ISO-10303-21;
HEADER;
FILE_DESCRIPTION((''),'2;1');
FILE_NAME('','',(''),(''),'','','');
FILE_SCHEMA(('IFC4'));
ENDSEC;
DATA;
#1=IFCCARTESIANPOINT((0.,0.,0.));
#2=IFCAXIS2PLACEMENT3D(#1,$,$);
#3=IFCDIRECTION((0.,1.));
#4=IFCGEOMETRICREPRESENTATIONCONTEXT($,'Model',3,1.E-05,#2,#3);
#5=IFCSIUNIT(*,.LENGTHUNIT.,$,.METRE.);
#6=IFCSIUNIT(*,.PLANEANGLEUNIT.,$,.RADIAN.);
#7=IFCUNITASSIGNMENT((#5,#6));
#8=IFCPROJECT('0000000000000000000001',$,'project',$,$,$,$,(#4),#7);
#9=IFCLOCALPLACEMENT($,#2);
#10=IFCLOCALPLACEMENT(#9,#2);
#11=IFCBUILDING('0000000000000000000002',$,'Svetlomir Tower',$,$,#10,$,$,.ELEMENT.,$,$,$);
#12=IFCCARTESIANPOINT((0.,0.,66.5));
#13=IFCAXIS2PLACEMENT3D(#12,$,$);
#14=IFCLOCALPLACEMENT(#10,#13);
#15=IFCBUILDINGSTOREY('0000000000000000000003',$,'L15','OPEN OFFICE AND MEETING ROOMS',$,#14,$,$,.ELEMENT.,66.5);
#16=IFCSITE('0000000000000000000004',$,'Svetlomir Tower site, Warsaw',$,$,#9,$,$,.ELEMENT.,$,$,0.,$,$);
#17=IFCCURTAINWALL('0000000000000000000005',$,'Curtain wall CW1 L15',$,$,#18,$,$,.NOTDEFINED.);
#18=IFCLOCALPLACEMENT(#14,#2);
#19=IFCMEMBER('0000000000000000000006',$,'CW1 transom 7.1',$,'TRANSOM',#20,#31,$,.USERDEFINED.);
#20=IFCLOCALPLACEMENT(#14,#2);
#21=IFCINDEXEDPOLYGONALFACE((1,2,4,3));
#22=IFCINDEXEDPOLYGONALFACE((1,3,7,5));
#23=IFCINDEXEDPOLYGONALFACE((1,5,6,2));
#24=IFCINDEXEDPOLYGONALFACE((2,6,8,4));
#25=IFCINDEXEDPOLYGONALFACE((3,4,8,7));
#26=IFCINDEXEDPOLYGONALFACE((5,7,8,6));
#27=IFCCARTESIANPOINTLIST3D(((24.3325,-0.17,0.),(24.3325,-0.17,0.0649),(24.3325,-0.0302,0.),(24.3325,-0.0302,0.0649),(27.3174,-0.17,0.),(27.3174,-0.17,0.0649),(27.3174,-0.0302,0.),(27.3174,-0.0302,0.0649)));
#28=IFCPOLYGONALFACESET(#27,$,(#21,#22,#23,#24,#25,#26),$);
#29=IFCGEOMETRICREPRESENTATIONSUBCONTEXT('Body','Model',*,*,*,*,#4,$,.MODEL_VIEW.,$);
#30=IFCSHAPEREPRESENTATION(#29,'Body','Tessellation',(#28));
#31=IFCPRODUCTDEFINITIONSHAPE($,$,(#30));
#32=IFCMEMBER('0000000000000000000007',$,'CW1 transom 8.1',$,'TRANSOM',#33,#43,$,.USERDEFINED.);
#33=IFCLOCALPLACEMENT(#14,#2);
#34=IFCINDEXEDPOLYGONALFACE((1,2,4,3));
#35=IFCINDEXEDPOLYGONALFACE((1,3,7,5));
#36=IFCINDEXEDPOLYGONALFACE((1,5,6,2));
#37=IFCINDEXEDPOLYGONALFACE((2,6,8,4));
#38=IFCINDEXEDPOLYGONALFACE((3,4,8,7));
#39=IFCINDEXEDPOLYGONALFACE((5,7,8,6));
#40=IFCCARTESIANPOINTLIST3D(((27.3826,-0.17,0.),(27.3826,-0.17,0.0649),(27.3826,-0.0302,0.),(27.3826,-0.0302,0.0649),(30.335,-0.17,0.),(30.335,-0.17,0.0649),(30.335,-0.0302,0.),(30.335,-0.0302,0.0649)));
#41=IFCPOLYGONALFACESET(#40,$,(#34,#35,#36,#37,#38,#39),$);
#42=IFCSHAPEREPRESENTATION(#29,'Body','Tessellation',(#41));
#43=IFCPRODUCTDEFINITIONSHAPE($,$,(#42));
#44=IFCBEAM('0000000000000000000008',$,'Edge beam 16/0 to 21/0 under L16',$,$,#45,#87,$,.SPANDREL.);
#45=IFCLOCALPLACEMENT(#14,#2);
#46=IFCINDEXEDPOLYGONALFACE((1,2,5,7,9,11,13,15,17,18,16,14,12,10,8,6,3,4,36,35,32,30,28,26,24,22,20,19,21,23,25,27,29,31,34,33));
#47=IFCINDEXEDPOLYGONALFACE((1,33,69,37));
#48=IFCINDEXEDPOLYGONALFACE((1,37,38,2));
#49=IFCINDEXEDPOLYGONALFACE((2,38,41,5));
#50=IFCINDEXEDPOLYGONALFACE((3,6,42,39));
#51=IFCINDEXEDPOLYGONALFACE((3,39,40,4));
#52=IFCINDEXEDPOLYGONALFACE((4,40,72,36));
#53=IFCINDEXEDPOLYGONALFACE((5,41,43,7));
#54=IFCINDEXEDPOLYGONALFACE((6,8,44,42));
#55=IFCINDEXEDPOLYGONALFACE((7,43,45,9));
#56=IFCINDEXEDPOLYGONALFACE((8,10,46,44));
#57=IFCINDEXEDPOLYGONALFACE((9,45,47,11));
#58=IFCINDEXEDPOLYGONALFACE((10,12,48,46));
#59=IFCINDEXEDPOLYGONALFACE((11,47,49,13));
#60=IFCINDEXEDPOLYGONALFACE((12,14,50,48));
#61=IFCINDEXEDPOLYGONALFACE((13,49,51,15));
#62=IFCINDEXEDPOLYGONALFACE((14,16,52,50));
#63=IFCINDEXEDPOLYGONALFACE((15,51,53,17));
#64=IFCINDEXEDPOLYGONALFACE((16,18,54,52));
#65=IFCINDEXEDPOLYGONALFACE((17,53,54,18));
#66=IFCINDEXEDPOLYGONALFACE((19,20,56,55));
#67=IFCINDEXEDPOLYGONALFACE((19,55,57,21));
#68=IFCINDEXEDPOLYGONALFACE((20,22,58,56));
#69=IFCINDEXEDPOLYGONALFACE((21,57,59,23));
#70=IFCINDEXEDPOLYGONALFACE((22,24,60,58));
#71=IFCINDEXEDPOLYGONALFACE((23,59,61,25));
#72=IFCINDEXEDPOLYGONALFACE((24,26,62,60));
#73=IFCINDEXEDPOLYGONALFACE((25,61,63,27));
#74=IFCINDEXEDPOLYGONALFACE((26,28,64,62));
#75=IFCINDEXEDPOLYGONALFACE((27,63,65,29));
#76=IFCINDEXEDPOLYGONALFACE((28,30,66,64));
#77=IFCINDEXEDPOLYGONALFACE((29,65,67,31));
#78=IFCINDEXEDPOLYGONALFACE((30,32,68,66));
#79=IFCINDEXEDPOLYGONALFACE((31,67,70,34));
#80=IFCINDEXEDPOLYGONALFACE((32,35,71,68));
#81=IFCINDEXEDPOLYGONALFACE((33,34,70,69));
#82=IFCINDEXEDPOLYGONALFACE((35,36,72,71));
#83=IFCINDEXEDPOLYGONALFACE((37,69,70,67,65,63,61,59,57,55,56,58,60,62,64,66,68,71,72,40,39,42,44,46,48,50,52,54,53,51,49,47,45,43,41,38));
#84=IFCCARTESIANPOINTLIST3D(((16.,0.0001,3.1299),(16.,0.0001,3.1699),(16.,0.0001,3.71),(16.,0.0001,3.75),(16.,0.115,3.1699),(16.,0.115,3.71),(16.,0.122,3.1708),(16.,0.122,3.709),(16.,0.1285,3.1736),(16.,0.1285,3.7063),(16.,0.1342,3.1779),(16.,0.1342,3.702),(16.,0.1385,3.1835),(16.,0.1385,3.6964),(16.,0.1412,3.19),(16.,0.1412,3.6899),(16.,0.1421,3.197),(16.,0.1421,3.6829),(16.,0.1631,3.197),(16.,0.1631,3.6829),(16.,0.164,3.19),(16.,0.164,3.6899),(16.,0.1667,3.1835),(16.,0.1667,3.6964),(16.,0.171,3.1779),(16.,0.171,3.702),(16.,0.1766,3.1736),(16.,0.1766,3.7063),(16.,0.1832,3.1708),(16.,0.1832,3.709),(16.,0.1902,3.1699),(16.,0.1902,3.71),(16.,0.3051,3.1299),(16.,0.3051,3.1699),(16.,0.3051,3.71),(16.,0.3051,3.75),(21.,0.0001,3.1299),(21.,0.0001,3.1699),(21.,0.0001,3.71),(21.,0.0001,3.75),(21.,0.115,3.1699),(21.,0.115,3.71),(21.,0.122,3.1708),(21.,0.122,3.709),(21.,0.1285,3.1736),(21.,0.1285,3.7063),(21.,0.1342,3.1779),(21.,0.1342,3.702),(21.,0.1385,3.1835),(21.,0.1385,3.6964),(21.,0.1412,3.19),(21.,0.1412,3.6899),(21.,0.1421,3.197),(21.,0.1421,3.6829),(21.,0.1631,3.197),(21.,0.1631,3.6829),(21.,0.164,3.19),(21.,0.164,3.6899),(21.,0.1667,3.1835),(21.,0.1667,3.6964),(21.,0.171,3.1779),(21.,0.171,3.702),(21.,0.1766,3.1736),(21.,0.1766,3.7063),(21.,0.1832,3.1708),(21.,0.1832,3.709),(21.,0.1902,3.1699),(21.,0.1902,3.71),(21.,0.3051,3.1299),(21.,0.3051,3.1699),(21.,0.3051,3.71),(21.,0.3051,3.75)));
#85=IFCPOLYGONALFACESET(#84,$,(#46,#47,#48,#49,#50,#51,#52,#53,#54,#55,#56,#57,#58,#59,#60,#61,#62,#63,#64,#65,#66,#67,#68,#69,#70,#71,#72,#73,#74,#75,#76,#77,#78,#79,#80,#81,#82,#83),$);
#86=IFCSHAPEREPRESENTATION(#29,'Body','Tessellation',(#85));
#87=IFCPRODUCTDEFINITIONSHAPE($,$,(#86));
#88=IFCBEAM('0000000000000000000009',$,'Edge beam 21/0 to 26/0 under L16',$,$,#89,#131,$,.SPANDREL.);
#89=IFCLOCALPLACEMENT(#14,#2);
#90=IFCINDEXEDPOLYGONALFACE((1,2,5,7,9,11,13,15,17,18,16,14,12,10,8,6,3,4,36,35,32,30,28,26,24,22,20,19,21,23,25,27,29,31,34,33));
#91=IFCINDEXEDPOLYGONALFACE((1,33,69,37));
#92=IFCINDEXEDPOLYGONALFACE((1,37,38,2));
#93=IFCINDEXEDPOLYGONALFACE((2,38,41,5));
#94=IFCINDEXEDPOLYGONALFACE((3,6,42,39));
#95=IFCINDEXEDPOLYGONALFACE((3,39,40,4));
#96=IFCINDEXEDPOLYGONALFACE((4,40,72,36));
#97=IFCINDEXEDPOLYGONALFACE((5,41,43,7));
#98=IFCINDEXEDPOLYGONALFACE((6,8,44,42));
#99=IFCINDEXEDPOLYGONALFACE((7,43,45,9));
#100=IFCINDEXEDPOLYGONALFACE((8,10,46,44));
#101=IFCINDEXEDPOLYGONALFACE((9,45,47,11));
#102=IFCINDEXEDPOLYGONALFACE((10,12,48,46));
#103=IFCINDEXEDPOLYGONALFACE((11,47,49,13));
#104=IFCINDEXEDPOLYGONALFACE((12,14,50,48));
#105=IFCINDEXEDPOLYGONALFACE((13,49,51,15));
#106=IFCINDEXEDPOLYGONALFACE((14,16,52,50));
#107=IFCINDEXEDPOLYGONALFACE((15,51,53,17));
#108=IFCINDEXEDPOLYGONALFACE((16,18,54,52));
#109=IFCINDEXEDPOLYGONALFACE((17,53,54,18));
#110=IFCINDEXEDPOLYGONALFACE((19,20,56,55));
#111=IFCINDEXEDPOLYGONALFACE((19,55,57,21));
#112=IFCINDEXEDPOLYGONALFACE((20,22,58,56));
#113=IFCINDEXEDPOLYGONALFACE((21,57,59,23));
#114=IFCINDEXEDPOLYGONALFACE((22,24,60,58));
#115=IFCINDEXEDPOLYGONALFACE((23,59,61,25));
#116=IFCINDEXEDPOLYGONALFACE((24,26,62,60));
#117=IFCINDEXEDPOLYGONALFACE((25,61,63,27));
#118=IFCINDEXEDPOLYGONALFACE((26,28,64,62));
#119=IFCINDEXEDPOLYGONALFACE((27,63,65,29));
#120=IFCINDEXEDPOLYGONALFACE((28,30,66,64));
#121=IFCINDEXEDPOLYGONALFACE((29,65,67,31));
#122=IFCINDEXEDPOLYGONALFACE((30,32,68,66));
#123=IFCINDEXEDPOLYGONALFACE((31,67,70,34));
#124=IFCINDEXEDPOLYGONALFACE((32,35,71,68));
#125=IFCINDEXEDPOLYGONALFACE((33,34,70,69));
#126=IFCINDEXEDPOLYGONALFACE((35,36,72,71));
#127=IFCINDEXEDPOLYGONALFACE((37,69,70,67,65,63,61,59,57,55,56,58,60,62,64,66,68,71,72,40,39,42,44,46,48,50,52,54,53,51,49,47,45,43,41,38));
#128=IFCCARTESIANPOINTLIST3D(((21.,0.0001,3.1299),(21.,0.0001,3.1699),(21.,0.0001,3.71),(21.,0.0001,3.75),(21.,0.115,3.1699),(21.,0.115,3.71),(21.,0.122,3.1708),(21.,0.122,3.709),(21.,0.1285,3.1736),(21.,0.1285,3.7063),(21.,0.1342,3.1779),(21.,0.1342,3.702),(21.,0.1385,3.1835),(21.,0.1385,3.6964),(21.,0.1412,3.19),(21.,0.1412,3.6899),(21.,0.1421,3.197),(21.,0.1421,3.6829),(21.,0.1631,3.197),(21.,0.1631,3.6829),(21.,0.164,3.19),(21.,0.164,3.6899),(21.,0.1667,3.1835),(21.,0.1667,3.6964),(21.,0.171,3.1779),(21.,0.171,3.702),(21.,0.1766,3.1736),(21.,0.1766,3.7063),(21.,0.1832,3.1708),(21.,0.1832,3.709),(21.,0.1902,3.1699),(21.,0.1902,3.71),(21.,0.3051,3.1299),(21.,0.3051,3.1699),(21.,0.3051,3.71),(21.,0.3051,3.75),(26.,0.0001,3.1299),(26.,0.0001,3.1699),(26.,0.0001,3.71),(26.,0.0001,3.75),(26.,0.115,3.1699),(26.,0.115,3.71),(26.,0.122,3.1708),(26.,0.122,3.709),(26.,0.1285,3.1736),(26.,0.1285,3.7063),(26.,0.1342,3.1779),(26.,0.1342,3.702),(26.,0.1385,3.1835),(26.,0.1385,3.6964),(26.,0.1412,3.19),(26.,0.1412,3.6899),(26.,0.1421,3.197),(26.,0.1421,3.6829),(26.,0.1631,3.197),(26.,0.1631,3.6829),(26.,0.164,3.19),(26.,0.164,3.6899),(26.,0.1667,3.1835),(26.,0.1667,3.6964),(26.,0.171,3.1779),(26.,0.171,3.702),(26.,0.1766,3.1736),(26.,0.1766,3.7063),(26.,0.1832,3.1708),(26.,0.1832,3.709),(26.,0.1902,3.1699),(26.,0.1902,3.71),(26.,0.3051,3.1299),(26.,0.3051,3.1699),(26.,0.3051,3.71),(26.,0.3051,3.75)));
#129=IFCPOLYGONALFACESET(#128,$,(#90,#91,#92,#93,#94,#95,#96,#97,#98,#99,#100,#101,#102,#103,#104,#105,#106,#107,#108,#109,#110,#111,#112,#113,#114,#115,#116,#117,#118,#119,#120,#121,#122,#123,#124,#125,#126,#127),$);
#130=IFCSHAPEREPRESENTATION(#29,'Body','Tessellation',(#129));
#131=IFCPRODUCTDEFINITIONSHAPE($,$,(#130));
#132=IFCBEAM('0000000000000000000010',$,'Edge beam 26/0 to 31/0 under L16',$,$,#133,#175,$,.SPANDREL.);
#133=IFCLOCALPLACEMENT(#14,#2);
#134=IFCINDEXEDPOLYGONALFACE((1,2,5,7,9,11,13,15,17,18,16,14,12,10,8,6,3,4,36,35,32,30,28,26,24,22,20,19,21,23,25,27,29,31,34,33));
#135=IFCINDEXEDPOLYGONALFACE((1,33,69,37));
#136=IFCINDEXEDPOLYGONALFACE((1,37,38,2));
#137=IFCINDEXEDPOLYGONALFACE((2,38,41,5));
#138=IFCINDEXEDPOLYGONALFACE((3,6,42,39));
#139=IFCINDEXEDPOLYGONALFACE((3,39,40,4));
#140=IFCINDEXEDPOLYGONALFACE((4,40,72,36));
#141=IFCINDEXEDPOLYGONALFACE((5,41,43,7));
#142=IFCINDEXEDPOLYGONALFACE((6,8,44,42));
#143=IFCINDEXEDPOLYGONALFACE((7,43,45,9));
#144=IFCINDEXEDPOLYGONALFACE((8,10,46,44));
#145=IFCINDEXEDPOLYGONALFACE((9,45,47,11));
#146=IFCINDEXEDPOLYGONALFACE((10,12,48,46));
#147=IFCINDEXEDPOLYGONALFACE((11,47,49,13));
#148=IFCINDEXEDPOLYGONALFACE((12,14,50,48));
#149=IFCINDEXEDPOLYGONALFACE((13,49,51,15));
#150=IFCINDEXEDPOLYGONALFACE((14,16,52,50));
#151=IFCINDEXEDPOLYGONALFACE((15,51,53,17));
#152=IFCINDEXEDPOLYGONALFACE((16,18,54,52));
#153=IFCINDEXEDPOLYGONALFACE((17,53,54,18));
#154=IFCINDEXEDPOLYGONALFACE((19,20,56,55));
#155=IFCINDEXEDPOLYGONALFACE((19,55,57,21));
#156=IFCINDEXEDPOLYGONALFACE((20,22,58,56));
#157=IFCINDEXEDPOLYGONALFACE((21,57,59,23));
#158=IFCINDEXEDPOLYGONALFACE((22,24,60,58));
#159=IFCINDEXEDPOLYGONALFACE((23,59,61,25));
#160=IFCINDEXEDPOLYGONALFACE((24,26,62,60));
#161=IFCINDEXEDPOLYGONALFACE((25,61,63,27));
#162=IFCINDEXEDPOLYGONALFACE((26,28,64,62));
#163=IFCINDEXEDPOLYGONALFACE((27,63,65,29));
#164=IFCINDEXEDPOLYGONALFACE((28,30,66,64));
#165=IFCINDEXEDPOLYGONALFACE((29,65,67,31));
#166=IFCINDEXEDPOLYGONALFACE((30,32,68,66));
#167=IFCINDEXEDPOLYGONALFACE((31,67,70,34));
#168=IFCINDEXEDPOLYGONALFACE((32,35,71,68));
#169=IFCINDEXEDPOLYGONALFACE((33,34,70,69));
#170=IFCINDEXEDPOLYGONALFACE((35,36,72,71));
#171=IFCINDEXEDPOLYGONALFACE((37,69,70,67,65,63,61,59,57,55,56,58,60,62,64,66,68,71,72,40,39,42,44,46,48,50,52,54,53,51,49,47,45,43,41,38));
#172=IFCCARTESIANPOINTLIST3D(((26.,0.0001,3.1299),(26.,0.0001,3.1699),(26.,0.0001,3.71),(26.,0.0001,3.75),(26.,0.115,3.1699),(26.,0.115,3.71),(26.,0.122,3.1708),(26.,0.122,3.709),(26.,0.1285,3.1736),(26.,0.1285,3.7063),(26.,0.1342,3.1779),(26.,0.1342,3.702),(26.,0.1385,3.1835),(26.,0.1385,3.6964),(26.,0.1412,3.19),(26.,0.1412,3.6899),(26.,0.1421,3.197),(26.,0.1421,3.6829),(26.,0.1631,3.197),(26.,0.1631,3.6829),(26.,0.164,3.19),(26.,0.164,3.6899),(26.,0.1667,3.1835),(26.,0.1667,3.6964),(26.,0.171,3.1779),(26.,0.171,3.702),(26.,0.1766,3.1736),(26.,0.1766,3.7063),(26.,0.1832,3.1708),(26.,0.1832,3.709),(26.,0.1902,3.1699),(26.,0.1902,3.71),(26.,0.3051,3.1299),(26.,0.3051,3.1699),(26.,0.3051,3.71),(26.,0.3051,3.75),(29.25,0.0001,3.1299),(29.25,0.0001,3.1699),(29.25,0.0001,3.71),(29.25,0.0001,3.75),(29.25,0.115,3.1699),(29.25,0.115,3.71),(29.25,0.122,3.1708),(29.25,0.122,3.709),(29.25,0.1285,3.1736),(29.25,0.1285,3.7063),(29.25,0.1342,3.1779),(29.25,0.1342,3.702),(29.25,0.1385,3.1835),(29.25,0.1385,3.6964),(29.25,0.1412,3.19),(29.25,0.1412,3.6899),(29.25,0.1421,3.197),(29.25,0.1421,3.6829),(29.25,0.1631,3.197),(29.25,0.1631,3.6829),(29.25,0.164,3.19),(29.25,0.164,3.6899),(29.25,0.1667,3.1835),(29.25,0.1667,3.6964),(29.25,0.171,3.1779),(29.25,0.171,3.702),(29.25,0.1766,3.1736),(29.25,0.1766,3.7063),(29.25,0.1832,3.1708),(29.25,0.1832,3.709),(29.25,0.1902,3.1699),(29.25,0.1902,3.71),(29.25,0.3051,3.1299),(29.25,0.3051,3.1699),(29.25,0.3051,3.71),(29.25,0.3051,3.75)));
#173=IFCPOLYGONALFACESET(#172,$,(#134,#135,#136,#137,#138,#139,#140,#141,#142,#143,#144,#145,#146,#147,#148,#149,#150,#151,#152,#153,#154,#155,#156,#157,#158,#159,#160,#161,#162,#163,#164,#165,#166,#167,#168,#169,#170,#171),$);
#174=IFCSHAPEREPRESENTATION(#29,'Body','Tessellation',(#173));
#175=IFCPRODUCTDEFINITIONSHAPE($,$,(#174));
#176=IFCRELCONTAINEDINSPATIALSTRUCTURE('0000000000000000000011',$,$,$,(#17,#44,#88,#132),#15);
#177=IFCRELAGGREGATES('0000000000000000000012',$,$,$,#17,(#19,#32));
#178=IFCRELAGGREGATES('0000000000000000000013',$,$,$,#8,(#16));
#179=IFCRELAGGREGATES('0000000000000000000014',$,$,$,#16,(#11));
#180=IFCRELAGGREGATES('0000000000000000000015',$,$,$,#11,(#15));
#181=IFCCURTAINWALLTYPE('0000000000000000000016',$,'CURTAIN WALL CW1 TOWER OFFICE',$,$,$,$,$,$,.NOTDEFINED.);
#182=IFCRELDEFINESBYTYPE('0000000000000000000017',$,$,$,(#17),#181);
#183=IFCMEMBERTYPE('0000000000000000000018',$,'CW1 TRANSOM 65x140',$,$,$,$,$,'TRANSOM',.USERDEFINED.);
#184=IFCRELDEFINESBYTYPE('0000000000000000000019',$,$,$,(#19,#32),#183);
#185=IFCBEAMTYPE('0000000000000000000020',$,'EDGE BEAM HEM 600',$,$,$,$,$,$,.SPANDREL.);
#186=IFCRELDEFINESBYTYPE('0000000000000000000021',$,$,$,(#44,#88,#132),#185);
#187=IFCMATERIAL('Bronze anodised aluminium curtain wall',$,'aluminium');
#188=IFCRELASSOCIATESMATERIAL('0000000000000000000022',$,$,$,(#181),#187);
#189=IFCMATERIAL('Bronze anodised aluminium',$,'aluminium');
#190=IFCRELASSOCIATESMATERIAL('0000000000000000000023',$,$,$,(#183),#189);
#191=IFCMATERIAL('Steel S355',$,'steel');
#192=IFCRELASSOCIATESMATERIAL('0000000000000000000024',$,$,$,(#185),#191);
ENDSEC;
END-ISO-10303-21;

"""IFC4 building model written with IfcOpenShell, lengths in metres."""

from ifc_helpers import new_model, si_unit, direction, frame, origin, origin_2d, place, context, subcontext, project, spatial, rectangle, i_section, extrude, material, material_profile, profile_set, type_object, element, aggregate, save


model = new_model("IFC4")

# Units and contexts
model_context = context("Model", 3, precision=1e-05, world=origin(), true_north=direction((0.0, 1.0)))
body_context = subcontext(model_context, "Body", "Model", "MODEL_VIEW")
ifc_project = project(units=[si_unit("LENGTHUNIT", "METRE"), si_unit("PLANEANGLEUNIT", "RADIAN")], contexts=[model_context])

# Site, building, storey
site_placement = place(None, origin())
site = spatial("IfcSite", under=ifc_project, at=site_placement, Name="Svetlomir Tower site, Warsaw", CompositionType="ELEMENT", RefElevation=0.0)
building_placement = place(site_placement, origin())
building = spatial("IfcBuilding", under=site, at=building_placement, Name="Svetlomir Tower", CompositionType="ELEMENT")
storey_placement = place(building_placement, frame((0.0, 0.0, 66.5)))
storey = spatial("IfcBuildingStorey", under=building, at=storey_placement, Name="L15", Description="OPEN OFFICE AND MEETING ROOMS", CompositionType="ELEMENT", Elevation=66.5)

# Curtain wall, members
ifc_material_1 = material(Name="Bronze anodised aluminium curtain wall", Category="aluminium")
curtain_wall_type = type_object("IfcCurtainWallType", Name="CURTAIN WALL CW1 TOWER OFFICE", PredefinedType="NOTDEFINED", material=ifc_material_1)
curtain_wall_placement = place(storey_placement, origin())
curtain_wall = element("IfcCurtainWall", 1, at=curtain_wall_placement, inside=storey, type_object=curtain_wall_type, Name="Curtain wall CW1 L15", PredefinedType="NOTDEFINED")
ifc_material_2 = material(Name="Bronze anodised aluminium", Category="aluminium")
ifc_material_profile_1 = material_profile(ifc_material_2, rectangle(XDim=0.1399, YDim=0.0649, at=origin_2d()), Name="AL 140x65")
ifc_profile_set_1 = profile_set([ifc_material_profile_1], Name="Bronze anodised aluminium 6063-T6")
member_type_1 = type_object("IfcMemberType", Name="CW1 TRANSOM 65x140", ElementType="TRANSOM", PredefinedType="USERDEFINED", material=ifc_profile_set_1)
member_1_placement = place(storey_placement, frame((24.3325, -0.1001, 0.0325), z_axis=(1.0, 0.0, 0.0), x_axis=(0.0, 1.0, 0.0)))
member_1 = element("IfcMember", 2, at=member_1_placement, type_object=member_type_1, Name="CW1 transom 7.1", ObjectType="TRANSOM", PredefinedType="USERDEFINED", context=body_context, shape_type="SweptSolid", body=[
    extrude(rectangle(XDim=0.1399, YDim=0.0649, at=origin_2d()), origin(), (0.0, 0.0, 1.0), 2.9849),
])
member_2_placement = place(storey_placement, frame((27.3826, -0.1001, 0.0325), z_axis=(1.0, 0.0, 0.0), x_axis=(0.0, 1.0, 0.0)))
member_2 = element("IfcMember", 3, at=member_2_placement, type_object=member_type_1, Name="CW1 transom 8.1", ObjectType="TRANSOM", PredefinedType="USERDEFINED", context=body_context, shape_type="SweptSolid", body=[
    extrude(rectangle(XDim=0.1399, YDim=0.0649, at=origin_2d()), origin(), (0.0, 0.0, 1.0), 2.9524),
])

# Beams
ifc_material_3 = material(Name="Steel S355", Category="steel")
ifc_material_profile_2 = material_profile(ifc_material_3, i_section(OverallWidth=0.3049, OverallDepth=0.6201, WebThickness=0.021, FlangeThickness=0.04, FilletRadius=0.0271, at=origin_2d()), Name="HEM 600")
ifc_profile_set_2 = profile_set([ifc_material_profile_2], Name="Steel S355")
beam_type_1 = type_object("IfcBeamType", Name="EDGE BEAM HEM 600", PredefinedType="SPANDREL", material=ifc_profile_set_2)
for number, where, z_axis, x_axis, name in (
    (4, (16.0, 0.1526, 3.4399), (1.0, 0.0, 0.0), (0.0, 1.0, 0.0), "Edge beam 16/0 to 21/0 under L16"),
    (5, (21.0, 0.1526, 3.4399), (1.0, 0.0, 0.0), (0.0, 1.0, 0.0), "Edge beam 21/0 to 26/0 under L16"),
):
    element("IfcBeam", number, at=place(storey_placement, frame(where, z_axis=z_axis, x_axis=x_axis)), inside=storey, type_object=beam_type_1, Name=name, PredefinedType="SPANDREL", context=body_context, shape_type="SweptSolid", body=[
        extrude(i_section(OverallWidth=0.3049, OverallDepth=0.6201, WebThickness=0.021, FlangeThickness=0.04, FilletRadius=0.0271, at=origin_2d()), origin(), (0.0, 0.0, 1.0), 5.0),
    ])
beam_1_placement = place(storey_placement, frame((26.0, 0.1526, 3.4399), z_axis=(1.0, 0.0, 0.0), x_axis=(0.0, 1.0, 0.0)))
element("IfcBeam", 6, at=beam_1_placement, inside=storey, type_object=beam_type_1, Name="Edge beam 26/0 to 31/0 under L16", PredefinedType="SPANDREL", context=body_context, shape_type="SweptSolid", body=[
    extrude(i_section(OverallWidth=0.3049, OverallDepth=0.6201, WebThickness=0.021, FlangeThickness=0.04, FilletRadius=0.0271, at=origin_2d()), origin(), (0.0, 0.0, 1.0), 3.25),
])

aggregate(curtain_wall, [member_1, member_2])

save(model, "model.ifc")
